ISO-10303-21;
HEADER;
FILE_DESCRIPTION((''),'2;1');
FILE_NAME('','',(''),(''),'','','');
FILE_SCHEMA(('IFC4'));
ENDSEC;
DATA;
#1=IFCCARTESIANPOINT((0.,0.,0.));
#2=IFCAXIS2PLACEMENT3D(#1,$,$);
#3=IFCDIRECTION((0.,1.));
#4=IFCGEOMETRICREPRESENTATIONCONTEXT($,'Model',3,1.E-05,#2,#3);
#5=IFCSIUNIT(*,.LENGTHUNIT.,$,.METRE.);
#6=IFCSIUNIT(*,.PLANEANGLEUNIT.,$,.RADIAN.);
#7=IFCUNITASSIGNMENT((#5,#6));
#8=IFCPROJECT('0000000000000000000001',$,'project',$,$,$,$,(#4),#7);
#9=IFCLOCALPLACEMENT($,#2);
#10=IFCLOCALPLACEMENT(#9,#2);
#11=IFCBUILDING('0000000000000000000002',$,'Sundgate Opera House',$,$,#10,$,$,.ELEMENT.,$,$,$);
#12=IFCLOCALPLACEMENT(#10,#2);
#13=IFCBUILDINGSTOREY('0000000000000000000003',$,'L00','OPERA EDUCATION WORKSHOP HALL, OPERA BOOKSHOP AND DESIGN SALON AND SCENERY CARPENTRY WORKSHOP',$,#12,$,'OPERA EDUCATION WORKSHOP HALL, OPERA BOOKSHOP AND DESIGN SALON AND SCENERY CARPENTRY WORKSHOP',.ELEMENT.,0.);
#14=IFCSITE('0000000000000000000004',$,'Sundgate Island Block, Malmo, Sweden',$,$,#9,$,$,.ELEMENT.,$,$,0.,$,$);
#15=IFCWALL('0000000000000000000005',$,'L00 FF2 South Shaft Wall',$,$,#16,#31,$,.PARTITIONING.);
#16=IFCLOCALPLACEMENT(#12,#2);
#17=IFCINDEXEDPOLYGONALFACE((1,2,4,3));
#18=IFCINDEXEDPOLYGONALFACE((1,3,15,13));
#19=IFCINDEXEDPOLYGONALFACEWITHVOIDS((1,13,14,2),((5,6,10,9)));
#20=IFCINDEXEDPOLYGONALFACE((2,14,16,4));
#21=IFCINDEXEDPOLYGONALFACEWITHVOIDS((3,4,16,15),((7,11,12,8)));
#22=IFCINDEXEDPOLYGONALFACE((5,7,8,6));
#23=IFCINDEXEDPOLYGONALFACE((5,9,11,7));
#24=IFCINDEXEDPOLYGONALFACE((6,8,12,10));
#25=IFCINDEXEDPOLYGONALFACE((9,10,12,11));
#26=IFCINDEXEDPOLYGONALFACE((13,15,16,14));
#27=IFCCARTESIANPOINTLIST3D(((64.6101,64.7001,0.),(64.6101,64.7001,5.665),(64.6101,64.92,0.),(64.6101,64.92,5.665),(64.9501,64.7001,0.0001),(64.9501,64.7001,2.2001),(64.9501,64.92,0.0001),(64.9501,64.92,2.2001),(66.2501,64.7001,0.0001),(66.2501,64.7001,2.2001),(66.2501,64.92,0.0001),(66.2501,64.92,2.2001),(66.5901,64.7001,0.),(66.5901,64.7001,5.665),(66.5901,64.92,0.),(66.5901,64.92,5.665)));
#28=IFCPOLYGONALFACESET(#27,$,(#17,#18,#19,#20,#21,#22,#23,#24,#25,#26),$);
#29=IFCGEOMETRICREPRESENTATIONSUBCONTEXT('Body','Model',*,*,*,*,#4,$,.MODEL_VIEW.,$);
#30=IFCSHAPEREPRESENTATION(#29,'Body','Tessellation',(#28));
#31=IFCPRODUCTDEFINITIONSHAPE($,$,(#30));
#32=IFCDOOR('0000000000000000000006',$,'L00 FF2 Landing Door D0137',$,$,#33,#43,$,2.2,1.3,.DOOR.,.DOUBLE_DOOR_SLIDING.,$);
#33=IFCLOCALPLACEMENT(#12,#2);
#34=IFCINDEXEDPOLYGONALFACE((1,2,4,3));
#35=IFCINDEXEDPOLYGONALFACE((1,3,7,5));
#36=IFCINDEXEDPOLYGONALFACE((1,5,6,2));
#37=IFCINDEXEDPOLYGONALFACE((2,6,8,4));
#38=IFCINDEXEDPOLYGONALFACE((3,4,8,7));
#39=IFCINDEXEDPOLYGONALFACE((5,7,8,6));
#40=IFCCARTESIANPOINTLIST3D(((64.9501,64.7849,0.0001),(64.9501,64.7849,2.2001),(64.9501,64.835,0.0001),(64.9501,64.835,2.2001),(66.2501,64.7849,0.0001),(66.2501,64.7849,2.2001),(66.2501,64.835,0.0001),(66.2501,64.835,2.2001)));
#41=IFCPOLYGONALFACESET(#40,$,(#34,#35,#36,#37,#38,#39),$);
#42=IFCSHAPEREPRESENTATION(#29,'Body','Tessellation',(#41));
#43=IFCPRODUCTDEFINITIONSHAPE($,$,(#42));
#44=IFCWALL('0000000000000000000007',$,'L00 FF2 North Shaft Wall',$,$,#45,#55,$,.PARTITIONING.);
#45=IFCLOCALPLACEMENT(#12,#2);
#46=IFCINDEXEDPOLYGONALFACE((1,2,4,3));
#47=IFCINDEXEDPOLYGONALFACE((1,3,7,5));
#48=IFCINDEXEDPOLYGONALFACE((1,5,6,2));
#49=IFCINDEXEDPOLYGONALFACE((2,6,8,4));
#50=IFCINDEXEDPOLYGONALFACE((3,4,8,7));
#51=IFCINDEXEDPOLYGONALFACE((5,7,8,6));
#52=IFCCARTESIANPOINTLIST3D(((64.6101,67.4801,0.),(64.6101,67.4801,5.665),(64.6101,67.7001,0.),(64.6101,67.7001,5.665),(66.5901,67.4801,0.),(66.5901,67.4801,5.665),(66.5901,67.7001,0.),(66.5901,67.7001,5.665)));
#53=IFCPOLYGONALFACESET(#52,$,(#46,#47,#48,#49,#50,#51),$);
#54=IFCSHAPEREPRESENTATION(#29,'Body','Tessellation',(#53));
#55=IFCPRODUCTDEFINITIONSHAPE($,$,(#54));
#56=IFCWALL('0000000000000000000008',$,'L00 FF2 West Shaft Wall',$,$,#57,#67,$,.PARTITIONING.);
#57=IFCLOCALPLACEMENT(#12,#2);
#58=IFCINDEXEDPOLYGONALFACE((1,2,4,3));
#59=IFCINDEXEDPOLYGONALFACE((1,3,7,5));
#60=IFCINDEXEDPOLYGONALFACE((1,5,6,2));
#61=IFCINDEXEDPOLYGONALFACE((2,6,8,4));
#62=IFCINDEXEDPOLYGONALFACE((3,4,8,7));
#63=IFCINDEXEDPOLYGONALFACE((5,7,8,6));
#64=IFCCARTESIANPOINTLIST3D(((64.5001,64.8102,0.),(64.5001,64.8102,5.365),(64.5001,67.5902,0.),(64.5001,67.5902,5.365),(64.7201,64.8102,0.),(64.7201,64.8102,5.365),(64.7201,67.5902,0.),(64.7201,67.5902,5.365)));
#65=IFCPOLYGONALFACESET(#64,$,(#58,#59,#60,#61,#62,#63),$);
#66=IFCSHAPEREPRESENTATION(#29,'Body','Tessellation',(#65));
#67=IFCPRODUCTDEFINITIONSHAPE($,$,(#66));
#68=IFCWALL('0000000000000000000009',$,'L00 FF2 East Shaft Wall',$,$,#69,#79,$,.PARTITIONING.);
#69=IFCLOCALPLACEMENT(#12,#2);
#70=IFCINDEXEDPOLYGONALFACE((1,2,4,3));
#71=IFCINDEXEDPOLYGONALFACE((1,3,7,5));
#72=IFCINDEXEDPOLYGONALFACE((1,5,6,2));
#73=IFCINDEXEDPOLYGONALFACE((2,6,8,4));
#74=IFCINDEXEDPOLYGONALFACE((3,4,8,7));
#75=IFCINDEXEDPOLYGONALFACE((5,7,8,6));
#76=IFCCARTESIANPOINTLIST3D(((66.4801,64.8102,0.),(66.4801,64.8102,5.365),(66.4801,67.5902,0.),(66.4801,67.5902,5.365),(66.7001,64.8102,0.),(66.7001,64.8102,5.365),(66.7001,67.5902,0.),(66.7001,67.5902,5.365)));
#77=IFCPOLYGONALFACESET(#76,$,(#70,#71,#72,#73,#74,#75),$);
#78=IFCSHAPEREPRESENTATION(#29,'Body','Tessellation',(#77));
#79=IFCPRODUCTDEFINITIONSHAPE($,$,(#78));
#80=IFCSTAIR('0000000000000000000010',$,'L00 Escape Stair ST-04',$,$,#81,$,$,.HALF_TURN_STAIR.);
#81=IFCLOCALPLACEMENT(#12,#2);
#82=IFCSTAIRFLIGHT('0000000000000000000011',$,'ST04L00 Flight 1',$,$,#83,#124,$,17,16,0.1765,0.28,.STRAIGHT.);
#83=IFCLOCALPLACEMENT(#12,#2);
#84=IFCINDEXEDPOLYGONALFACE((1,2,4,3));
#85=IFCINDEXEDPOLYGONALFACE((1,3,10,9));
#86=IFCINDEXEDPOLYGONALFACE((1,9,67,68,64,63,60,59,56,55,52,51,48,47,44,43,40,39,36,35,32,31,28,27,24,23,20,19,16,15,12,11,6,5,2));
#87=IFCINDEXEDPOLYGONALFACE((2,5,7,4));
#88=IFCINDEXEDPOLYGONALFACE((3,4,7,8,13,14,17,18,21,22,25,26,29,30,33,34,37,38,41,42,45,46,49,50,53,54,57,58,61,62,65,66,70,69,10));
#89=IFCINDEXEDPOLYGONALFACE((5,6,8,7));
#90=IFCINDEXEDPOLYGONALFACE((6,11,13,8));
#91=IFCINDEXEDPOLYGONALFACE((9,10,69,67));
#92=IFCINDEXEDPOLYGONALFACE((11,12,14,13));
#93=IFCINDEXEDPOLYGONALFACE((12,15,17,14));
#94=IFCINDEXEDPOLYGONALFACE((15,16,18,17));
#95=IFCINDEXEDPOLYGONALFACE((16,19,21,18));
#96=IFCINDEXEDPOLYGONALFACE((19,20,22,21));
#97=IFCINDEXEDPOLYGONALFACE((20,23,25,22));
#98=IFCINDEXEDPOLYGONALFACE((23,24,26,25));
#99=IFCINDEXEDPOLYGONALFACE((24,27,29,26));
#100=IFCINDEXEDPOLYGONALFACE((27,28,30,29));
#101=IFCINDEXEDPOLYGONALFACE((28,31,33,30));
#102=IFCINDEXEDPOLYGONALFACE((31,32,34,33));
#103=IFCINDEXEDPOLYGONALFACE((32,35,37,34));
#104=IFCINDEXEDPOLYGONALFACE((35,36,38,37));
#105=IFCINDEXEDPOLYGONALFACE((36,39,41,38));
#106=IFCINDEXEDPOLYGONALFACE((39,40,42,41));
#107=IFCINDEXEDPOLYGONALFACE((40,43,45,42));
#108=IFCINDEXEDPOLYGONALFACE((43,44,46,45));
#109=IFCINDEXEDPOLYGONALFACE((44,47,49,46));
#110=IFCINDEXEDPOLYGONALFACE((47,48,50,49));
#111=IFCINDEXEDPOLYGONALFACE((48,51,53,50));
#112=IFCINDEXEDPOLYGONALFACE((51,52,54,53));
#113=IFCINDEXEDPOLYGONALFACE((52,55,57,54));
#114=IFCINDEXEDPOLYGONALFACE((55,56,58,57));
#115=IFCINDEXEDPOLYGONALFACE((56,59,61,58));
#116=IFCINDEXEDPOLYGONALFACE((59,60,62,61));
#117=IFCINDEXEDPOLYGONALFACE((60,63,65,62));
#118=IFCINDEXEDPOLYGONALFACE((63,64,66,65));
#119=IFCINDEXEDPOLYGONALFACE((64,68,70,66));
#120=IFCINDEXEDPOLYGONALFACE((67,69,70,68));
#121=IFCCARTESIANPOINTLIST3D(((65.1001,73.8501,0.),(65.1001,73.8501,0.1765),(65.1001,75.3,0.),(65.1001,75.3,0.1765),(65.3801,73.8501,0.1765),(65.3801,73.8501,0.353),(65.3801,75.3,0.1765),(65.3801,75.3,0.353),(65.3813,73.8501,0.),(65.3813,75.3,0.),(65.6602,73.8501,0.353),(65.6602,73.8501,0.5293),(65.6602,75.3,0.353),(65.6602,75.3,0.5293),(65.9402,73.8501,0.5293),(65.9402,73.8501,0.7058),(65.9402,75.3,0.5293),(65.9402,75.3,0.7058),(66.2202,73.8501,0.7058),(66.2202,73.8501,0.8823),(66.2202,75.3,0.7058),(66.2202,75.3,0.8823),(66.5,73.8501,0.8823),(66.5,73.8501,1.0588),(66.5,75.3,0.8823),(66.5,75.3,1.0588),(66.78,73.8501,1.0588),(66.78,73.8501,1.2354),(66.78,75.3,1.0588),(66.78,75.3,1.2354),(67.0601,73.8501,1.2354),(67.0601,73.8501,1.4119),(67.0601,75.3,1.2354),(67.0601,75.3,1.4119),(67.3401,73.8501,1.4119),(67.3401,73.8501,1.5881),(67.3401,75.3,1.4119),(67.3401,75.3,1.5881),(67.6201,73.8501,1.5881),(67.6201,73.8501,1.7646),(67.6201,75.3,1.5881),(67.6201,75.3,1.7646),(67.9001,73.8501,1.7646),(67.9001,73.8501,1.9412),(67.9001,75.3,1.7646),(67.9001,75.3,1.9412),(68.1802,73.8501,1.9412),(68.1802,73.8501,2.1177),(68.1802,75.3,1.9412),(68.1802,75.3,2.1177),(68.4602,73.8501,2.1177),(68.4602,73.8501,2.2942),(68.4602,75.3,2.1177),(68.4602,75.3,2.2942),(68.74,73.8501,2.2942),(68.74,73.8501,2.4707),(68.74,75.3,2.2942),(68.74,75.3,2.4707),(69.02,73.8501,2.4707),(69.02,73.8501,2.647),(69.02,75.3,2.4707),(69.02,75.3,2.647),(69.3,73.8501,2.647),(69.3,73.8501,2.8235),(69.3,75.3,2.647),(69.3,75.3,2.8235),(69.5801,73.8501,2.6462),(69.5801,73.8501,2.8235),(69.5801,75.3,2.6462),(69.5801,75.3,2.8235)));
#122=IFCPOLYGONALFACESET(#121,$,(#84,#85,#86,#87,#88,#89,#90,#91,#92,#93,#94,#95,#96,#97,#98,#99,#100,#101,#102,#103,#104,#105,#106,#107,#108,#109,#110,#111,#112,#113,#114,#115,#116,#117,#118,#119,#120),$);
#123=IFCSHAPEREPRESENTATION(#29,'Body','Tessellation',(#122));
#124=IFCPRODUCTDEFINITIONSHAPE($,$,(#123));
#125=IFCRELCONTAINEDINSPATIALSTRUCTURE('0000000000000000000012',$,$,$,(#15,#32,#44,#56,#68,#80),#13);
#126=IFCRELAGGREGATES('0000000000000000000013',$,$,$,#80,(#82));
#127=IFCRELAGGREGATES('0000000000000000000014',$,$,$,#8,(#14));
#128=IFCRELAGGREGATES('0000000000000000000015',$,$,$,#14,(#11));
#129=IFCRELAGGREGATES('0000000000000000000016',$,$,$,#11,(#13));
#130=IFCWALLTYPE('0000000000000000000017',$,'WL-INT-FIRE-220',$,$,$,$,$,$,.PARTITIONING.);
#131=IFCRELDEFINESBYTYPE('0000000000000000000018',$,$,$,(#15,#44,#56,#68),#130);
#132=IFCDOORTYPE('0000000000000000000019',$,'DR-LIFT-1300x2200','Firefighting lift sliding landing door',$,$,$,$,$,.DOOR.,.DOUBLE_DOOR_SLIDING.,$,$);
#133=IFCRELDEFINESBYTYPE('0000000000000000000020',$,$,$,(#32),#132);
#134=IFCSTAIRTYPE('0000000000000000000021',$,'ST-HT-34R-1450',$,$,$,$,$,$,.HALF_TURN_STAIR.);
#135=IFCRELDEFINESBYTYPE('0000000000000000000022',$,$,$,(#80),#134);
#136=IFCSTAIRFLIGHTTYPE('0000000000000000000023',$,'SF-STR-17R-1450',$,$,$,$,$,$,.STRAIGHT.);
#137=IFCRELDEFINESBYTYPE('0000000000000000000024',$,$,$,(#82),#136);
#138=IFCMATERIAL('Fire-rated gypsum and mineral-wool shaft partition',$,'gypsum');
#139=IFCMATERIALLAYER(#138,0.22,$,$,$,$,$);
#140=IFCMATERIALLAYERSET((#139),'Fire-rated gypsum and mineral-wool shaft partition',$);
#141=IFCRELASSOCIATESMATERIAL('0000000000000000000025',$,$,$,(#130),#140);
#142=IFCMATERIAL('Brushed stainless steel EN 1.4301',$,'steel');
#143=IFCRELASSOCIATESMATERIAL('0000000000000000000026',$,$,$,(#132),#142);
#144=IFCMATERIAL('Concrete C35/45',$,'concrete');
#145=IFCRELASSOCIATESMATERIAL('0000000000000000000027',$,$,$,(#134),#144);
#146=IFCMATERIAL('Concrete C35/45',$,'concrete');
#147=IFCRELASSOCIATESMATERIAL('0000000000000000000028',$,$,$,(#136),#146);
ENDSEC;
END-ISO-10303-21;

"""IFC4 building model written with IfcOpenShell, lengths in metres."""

from ifc_helpers import new_model, si_unit, direction, frame, frame_2d, origin, place, context, subcontext, project, spatial, polyline, rectangle, outline, extrude, material, layer, layer_set, type_object, element, fill, aggregate, save


model = new_model("IFC4")

# Units and contexts
model_context = context("Model", 3, precision=1e-05, world=origin(), true_north=direction((0.0, 1.0)))
body_context = subcontext(model_context, "Body", "Model", "MODEL_VIEW")
ifc_project = project(units=[si_unit("LENGTHUNIT", "METRE"), si_unit("PLANEANGLEUNIT", "RADIAN")], contexts=[model_context])

# Site, building, storey
site_placement = place(None, origin())
site = spatial("IfcSite", under=ifc_project, at=site_placement, Name="Sundgate Island Block, Malmo, Sweden", CompositionType="ELEMENT", RefElevation=0.0)
building_placement = place(site_placement, origin())
building = spatial("IfcBuilding", under=site, at=building_placement, Name="Sundgate Opera House", CompositionType="ELEMENT")
storey_placement = place(building_placement, origin())
storey = spatial("IfcBuildingStorey", under=building, at=storey_placement, Name="L00", Description="OPERA EDUCATION WORKSHOP HALL, OPERA BOOKSHOP AND DESIGN SALON AND SCENERY CARPENTRY WORKSHOP", LongName="OPERA EDUCATION WORKSHOP HALL, OPERA BOOKSHOP AND DESIGN SALON AND SCENERY CARPENTRY WORKSHOP", CompositionType="ELEMENT", Elevation=0.0)

# Shared definitions
ifc_material_1 = material(Name="Fire-rated gypsum and mineral-wool shaft partition", Category="gypsum")
ifc_layer_1 = layer(ifc_material_1, 0.22)
ifc_layer_set_1 = layer_set([ifc_layer_1], Name="Fire-rated gypsum and mineral-wool shaft partition")
wall_type_1 = type_object("IfcWallType", Name="WL-INT-FIRE-220", PredefinedType="PARTITIONING", material=ifc_layer_set_1)

# Wall, opening, door
wall_1_placement = place(storey_placement, frame((64.6101, 64.8101, 0.0), z_axis=(0.0, 0.0, 1.0), x_axis=(1.0, 0.0, 0.0)))
wall_1 = element("IfcWall", 1, at=wall_1_placement, inside=storey, type_object=wall_type_1, Name="L00 FF2 South Shaft Wall", PredefinedType="PARTITIONING", context=body_context, shape_type="SweptSolid", body=[
    extrude(rectangle(XDim=1.98, YDim=0.22, at=frame_2d((0.99, 0.0))), origin(), (0.0, 0.0, 1.0), 5.665),
])
opening_1_placement = place(wall_1_placement, frame((0.3401, 0.0, 0.0)))
opening_1 = element("IfcOpeningElement", 2, at=opening_1_placement, cuts=wall_1, PredefinedType="OPENING", context=body_context, shape_type="SweptSolid", body=[
    extrude(rectangle(XDim=1.3, YDim=2.2, at=frame_2d((0.6499, 1.1001))), frame((0.0, 0.1199, 0.0), z_axis=(0.0, -1.0, 0.0), x_axis=(1.0, 0.0, 0.0)), (0.0, 0.0, 1.0), 0.24),
])
ifc_material_2 = material(Name="Brushed stainless steel EN 1.4301", Category="steel")
door_type_1 = type_object("IfcDoorType", Name="DR-LIFT-1300x2200", Description="Firefighting lift sliding landing door", OperationType="DOUBLE_DOOR_SLIDING", PredefinedType="DOOR", material=ifc_material_2)
door_1_placement = place(opening_1_placement, origin())
door_1 = element("IfcDoor", 3, at=door_1_placement, inside=storey, type_object=door_type_1, Name="L00 FF2 Landing Door D0137", OperationType="DOUBLE_DOOR_SLIDING", OverallHeight=2.2, OverallWidth=1.3, PredefinedType="DOOR", context=body_context, shape_type="SweptSolid", body=[
    extrude(rectangle(XDim=1.3, YDim=2.2, at=frame_2d((0.6499, 1.1001))), frame((0.0, 0.0249, 0.0), z_axis=(0.0, -1.0, 0.0), x_axis=(1.0, 0.0, 0.0)), (0.0, 0.0, 1.0), 0.05),
])
fill(opening_1, door_1)

# Walls
wall_2_placement = place(storey_placement, frame((64.6101, 67.5901, 0.0), z_axis=(0.0, 0.0, 1.0), x_axis=(1.0, 0.0, 0.0)))
element("IfcWall", 4, at=wall_2_placement, inside=storey, type_object=wall_type_1, Name="L00 FF2 North Shaft Wall", PredefinedType="PARTITIONING", context=body_context, shape_type="SweptSolid", body=[
    extrude(rectangle(XDim=1.98, YDim=0.22, at=frame_2d((0.99, 0.0))), origin(), (0.0, 0.0, 1.0), 5.665),
])
for number, where, z_axis, x_axis, name in (
    (5, (64.6101, 64.8101, 0.0), (0.0, 0.0, 1.0), (0.0, 1.0, 0.0), "L00 FF2 West Shaft Wall"),
    (6, (66.5901, 64.8101, 0.0), (0.0, 0.0, 1.0), (0.0, 1.0, 0.0), "L00 FF2 East Shaft Wall"),
):
    element("IfcWall", number, at=place(storey_placement, frame(where, z_axis=z_axis, x_axis=x_axis)), inside=storey, type_object=wall_type_1, Name=name, PredefinedType="PARTITIONING", context=body_context, shape_type="SweptSolid", body=[
        extrude(rectangle(XDim=2.78, YDim=0.22, at=frame_2d((1.3901, 0.0))), origin(), (0.0, 0.0, 1.0), 5.365),
    ])

# Stair, stair flight
ifc_material_3 = material(Name="Concrete C35/45", Category="concrete")
stair_type = type_object("IfcStairType", Name="ST-HT-34R-1450", PredefinedType="HALF_TURN_STAIR", material=ifc_material_3)
stair_placement = place(storey_placement, origin())
stair = element("IfcStair", 7, at=stair_placement, inside=storey, type_object=stair_type, Name="L00 Escape Stair ST-04", PredefinedType="HALF_TURN_STAIR")
ifc_material_4 = material(Name="Concrete C35/45", Category="concrete")
stair_flight_type = type_object("IfcStairFlightType", Name="SF-STR-17R-1450", PredefinedType="STRAIGHT", material=ifc_material_4)
stair_flight_placement = place(storey_placement, frame((65.1001, 74.575, 0.0), z_axis=(0.0, 0.0, 1.0), x_axis=(1.0, 0.0, 0.0)))
stair_flight = element("IfcStairFlight", 8, at=stair_flight_placement, type_object=stair_flight_type, Name="ST04L00 Flight 1", NumberOfRisers=17, NumberOfTreads=16, PredefinedType="STRAIGHT", RiserHeight=0.1765, TreadLength=0.28, context=body_context, shape_type="SweptSolid", body=[
    extrude(outline(polyline([(0.0, 0.0), (0.0, 0.1765), (0.28, 0.1765), (0.28, 0.353), (0.5601, 0.353), (0.5601, 0.5293), (0.8401, 0.5293), (0.8401, 0.7058), (1.1201, 0.7058), (1.1201, 0.8823), (1.3999, 0.8823), (1.3999, 1.0588), (1.6799, 1.0588), (1.6799, 1.2354), (1.96, 1.2354), (1.96, 1.4119), (2.24, 1.4119), (2.24, 1.5881), (2.52, 1.5881), (2.52, 1.7646), (2.8, 1.7646), (2.8, 1.9412), (3.0801, 1.9412), (3.0801, 2.1177), (3.3601, 2.1177), (3.3601, 2.2942), (3.6399, 2.2942), (3.6399, 2.4707), (3.9199, 2.4707), (3.9199, 2.647), (4.2, 2.647), (4.2, 2.8235), (4.48, 2.8235), (4.48, 3.0), (4.48, 2.6462), (0.2812, 0.0), (0.0, 0.0)])), frame((0.0, 0.7251, 0.0), z_axis=(0.0, -1.0, 0.0), x_axis=(1.0, 0.0, 0.0)), (0.0, 0.0, 1.0), 1.45),
])
aggregate(stair, [stair_flight])

save(model, "model.ifc")
